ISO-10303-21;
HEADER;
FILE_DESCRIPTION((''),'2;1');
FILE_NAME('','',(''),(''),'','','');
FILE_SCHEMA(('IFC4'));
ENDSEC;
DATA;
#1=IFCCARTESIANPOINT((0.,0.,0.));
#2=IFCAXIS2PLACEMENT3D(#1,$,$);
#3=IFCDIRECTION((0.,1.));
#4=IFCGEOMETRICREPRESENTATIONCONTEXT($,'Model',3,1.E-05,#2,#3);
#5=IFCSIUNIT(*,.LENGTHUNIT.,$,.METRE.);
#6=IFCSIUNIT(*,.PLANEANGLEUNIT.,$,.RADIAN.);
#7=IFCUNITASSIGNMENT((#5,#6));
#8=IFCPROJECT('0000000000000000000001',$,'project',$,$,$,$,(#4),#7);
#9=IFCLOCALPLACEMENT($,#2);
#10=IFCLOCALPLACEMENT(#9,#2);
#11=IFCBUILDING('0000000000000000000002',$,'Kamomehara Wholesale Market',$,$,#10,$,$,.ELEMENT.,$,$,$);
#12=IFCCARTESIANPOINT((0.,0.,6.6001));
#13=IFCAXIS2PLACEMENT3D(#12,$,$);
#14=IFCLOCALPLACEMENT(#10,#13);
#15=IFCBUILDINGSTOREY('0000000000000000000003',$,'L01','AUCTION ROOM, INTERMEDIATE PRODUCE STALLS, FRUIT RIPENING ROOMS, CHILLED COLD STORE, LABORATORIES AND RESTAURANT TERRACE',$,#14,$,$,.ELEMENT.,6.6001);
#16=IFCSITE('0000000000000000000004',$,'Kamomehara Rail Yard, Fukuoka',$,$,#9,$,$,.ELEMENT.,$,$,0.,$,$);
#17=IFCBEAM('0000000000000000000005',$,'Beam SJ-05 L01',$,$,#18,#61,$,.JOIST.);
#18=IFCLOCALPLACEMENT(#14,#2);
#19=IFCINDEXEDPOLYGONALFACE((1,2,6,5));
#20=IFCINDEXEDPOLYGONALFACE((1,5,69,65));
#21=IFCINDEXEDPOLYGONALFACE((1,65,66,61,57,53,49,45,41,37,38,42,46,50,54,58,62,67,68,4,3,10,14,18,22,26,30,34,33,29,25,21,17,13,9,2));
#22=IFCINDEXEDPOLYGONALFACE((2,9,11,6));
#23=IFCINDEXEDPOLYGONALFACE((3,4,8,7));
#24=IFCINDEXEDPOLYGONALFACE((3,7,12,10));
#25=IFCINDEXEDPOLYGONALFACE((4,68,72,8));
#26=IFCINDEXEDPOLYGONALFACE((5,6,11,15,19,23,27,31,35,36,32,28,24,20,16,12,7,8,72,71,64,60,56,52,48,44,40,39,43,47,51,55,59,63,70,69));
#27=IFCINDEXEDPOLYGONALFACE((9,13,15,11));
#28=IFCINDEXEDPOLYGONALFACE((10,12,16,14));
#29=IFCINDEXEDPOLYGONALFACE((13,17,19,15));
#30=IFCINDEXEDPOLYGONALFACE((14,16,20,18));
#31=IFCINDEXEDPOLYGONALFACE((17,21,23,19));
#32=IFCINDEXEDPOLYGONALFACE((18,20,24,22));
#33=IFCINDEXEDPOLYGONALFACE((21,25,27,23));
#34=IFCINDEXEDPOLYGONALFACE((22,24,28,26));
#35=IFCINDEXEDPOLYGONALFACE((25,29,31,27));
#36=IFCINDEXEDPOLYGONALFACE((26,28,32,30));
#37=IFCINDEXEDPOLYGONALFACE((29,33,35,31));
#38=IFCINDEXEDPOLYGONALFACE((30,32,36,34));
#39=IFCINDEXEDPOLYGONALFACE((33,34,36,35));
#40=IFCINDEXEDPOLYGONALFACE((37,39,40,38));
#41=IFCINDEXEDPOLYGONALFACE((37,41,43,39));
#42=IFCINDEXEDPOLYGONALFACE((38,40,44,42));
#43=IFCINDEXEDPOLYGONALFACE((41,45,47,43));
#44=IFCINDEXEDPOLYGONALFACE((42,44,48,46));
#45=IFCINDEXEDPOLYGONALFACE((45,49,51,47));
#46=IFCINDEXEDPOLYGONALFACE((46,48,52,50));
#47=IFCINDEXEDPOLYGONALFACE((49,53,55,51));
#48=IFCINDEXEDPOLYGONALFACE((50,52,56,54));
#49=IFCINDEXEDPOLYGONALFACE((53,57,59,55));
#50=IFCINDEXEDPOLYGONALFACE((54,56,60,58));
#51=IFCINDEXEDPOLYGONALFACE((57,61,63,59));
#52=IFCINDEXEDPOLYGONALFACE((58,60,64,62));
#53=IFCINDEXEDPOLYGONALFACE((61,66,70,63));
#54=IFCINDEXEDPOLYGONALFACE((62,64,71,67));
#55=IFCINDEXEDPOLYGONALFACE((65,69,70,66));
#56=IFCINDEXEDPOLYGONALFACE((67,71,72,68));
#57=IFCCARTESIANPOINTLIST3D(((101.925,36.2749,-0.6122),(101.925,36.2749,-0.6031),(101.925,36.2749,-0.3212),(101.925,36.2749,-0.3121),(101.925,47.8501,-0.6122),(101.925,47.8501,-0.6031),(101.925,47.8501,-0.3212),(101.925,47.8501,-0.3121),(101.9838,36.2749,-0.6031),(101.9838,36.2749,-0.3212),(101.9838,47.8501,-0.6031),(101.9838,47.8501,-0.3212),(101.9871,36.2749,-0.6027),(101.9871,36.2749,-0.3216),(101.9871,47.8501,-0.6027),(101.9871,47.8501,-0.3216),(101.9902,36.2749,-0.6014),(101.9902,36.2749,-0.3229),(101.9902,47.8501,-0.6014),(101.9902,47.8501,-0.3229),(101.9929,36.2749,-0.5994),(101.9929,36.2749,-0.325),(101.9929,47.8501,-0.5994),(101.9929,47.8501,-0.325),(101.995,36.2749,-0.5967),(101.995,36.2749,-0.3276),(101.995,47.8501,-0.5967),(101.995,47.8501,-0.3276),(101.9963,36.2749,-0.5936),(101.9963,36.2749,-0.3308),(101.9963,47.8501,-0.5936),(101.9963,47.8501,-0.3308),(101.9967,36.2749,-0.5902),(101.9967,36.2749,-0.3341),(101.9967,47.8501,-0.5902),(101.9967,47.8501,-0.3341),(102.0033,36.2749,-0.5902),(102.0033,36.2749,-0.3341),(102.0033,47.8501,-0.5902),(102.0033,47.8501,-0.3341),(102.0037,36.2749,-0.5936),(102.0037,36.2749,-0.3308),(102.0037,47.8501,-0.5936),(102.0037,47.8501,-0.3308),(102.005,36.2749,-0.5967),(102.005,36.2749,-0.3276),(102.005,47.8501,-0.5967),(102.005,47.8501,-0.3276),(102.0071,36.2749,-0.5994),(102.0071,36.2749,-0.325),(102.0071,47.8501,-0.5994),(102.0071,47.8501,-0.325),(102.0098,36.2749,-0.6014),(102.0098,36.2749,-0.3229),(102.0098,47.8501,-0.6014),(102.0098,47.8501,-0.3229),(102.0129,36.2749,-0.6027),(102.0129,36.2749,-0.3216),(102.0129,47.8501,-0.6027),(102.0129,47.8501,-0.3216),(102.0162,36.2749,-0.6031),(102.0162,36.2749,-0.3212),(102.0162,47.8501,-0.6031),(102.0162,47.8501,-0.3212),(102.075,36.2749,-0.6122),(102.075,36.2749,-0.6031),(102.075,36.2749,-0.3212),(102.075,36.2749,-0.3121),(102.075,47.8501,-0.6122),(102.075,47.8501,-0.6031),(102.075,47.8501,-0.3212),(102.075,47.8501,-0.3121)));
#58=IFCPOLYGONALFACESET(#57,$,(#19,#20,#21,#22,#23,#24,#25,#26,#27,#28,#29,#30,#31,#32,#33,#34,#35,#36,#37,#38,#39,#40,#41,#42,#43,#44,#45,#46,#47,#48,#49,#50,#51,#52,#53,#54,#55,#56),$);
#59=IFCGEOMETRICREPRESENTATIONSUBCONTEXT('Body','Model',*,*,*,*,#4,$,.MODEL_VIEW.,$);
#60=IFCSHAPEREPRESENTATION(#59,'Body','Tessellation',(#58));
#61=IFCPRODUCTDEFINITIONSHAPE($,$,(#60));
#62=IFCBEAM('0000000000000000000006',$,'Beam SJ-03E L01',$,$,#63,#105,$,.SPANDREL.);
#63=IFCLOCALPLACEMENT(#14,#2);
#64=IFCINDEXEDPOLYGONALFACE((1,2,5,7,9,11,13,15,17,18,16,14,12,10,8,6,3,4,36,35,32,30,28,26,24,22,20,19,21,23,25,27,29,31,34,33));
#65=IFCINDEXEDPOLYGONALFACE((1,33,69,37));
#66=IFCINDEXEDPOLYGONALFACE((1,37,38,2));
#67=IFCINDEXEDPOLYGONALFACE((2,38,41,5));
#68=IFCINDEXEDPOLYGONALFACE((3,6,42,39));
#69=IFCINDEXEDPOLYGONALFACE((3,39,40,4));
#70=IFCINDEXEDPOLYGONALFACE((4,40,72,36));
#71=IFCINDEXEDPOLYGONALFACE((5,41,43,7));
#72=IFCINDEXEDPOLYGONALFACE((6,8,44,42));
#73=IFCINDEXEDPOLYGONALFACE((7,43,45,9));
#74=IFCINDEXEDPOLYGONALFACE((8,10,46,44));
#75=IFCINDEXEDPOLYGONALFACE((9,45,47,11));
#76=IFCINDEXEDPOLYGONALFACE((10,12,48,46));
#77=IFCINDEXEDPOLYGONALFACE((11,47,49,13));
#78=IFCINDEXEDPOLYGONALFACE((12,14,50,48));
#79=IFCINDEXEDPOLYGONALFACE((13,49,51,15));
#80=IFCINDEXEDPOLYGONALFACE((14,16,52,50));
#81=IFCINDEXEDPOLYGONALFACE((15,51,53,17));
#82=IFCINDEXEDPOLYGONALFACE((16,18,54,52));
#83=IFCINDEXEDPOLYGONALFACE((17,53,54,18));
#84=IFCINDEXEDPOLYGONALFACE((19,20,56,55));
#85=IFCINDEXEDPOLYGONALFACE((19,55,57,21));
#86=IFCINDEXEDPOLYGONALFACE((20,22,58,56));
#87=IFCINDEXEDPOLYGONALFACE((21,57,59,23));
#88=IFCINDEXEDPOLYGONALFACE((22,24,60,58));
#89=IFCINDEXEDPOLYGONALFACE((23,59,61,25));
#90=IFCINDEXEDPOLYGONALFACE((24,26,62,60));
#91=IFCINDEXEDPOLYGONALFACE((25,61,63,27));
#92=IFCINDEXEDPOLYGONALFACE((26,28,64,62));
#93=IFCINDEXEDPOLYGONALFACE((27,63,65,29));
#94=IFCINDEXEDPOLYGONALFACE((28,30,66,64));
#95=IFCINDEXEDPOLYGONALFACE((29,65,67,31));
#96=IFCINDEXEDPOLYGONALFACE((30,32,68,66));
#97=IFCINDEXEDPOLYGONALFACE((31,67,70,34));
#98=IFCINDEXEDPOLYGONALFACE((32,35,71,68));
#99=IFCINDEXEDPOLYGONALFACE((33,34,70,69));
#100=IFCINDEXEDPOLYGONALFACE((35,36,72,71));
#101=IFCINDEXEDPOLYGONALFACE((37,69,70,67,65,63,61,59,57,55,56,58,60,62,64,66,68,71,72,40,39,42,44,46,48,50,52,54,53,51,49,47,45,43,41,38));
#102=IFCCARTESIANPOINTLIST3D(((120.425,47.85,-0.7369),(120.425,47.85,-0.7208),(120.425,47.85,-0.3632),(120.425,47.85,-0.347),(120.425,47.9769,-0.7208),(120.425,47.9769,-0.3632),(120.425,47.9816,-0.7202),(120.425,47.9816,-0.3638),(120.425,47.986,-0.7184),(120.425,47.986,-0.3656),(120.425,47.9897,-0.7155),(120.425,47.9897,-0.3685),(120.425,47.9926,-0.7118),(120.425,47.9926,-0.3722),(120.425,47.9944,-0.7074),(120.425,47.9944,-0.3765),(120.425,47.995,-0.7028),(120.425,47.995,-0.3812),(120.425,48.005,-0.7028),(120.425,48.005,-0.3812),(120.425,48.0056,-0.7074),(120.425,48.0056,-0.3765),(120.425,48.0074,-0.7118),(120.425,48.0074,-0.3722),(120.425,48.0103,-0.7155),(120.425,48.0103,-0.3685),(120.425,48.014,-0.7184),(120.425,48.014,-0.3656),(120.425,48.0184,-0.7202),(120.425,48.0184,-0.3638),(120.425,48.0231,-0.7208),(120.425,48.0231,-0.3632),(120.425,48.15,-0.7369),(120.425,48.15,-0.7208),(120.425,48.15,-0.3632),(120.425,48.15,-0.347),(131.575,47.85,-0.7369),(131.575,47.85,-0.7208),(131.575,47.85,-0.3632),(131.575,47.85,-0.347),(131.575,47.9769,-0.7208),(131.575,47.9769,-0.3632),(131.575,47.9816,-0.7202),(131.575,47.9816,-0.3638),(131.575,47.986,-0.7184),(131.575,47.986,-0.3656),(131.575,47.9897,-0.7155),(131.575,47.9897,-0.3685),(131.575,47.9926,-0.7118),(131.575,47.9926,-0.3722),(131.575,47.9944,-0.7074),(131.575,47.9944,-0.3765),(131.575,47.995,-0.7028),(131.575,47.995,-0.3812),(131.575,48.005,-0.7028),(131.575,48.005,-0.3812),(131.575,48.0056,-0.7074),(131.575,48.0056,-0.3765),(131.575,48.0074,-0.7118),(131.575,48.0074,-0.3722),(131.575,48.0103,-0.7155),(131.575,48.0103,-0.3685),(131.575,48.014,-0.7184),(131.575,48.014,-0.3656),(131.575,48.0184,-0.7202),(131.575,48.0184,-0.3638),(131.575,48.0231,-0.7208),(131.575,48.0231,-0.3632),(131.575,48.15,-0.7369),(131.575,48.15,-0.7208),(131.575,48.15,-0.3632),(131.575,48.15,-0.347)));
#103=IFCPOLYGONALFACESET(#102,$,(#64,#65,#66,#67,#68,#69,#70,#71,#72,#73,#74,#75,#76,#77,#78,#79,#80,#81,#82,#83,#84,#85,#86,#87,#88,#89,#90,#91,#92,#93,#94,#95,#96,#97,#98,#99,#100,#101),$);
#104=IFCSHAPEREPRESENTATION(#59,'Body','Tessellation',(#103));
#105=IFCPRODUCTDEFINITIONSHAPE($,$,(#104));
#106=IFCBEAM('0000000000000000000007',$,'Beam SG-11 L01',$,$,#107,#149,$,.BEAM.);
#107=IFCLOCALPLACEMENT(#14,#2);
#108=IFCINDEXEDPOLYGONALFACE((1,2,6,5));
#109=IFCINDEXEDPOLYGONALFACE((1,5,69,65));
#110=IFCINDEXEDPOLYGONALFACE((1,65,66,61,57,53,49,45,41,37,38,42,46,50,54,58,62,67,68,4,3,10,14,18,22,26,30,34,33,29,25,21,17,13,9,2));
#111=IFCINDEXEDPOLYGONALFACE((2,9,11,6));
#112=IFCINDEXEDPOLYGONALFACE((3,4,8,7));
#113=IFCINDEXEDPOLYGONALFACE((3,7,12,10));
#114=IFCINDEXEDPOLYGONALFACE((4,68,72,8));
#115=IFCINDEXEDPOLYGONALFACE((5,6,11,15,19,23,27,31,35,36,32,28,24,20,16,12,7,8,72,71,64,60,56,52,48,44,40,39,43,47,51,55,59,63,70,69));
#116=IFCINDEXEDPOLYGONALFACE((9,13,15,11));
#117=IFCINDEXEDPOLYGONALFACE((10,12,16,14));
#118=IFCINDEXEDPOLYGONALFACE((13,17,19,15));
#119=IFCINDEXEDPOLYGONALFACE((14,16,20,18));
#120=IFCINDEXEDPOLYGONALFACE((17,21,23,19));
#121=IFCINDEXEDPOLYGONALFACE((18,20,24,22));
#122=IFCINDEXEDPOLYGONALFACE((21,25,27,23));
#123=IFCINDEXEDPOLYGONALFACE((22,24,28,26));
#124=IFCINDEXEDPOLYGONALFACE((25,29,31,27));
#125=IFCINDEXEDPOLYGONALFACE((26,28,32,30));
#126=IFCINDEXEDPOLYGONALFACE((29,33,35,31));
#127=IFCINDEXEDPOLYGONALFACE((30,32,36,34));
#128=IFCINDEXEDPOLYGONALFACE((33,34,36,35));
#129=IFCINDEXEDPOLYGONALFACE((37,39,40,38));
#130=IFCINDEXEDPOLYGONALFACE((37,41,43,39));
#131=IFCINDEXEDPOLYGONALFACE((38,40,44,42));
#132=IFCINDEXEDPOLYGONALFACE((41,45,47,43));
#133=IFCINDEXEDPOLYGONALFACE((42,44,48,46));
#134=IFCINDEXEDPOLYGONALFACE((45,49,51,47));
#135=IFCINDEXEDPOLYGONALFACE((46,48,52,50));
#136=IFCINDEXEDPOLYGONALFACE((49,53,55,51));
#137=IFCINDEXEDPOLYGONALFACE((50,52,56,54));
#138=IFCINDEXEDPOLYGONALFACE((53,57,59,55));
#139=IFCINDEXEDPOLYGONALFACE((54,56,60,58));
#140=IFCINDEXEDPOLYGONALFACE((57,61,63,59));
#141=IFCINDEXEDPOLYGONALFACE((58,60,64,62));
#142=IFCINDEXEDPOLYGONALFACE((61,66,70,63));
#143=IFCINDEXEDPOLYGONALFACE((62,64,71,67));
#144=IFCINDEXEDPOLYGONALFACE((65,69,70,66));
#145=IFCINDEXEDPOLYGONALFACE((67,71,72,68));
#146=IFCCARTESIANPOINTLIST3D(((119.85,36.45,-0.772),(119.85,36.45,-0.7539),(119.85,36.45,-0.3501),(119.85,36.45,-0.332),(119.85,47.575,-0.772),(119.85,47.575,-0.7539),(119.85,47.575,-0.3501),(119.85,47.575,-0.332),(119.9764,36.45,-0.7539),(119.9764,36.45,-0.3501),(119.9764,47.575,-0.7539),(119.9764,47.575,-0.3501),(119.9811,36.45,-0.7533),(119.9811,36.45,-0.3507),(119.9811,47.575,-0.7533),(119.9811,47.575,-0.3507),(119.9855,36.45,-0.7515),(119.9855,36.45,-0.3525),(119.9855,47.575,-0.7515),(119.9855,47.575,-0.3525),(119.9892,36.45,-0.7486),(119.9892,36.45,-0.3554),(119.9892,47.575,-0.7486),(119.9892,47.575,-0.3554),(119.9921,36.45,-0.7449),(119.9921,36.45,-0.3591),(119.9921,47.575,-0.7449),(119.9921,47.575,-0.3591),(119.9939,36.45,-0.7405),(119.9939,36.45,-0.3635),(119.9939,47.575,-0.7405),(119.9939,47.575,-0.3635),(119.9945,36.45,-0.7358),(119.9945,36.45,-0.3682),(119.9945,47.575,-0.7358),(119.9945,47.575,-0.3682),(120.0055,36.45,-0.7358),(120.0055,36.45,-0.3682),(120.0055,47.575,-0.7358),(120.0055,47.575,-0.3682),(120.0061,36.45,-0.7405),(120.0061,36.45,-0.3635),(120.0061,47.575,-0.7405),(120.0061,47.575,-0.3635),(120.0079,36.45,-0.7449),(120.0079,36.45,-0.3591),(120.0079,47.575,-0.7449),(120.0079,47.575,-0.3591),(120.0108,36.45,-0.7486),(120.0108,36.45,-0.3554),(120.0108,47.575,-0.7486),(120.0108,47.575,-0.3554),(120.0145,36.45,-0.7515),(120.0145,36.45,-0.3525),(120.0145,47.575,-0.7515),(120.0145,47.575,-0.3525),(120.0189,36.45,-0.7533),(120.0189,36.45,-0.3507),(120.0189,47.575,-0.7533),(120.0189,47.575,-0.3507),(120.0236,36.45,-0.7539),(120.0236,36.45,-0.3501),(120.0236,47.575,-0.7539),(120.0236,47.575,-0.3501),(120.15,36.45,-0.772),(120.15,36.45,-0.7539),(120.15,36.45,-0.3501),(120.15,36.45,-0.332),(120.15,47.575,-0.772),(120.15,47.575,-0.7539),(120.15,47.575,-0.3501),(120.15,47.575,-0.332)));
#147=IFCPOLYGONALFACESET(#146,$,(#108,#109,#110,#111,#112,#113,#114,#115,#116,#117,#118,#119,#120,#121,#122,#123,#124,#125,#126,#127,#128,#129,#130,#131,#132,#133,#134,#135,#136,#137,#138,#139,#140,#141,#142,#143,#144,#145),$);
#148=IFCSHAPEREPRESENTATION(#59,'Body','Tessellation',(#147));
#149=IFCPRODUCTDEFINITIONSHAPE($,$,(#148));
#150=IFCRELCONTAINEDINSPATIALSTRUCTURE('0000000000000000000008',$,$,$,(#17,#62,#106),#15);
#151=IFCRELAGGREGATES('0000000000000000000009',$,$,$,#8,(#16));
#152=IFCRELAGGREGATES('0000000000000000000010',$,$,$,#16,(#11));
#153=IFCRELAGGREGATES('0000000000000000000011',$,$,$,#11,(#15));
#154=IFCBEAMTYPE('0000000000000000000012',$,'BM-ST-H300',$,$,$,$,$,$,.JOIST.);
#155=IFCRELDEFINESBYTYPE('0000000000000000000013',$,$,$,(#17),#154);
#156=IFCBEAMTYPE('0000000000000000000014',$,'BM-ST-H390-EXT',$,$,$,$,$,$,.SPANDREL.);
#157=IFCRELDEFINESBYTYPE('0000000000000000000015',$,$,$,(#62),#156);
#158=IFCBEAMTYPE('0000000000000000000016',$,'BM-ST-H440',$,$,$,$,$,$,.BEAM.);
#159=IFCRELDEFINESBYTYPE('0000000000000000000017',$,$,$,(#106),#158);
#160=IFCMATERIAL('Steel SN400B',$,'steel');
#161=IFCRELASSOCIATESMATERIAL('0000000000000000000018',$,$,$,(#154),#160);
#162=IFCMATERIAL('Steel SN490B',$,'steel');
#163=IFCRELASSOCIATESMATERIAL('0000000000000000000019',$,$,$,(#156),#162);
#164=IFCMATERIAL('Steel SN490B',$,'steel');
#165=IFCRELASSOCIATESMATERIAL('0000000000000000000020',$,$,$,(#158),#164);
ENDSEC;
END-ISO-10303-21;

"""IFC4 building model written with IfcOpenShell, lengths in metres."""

from ifc_helpers import new_model, si_unit, direction, frame, origin, origin_2d, place, context, subcontext, project, spatial, i_section, extrude, material, material_profile, profile_set, type_object, element, save


model = new_model("IFC4")

# Units and contexts
model_context = context("Model", 3, precision=1e-05, world=origin(), true_north=direction((0.0, 1.0)))
body_context = subcontext(model_context, "Body", "Model", "MODEL_VIEW")
ifc_project = project(units=[si_unit("LENGTHUNIT", "METRE"), si_unit("PLANEANGLEUNIT", "RADIAN")], contexts=[model_context])

# Site, building, storey
site_placement = place(None, origin())
site = spatial("IfcSite", under=ifc_project, at=site_placement, Name="Kamomehara Rail Yard, Fukuoka", CompositionType="ELEMENT", RefElevation=0.0)
building_placement = place(site_placement, origin())
building = spatial("IfcBuilding", under=site, at=building_placement, Name="Kamomehara Wholesale Market", CompositionType="ELEMENT")
storey_placement = place(building_placement, frame((0.0, 0.0, 6.6001)))
storey = spatial("IfcBuildingStorey", under=building, at=storey_placement, Name="L01", Description="AUCTION ROOM, INTERMEDIATE PRODUCE STALLS, FRUIT RIPENING ROOMS, CHILLED COLD STORE, LABORATORIES AND RESTAURANT TERRACE", CompositionType="ELEMENT", Elevation=6.6001)

# Beams
ifc_material_1 = material(Name="Steel SN400B", Category="steel")
ifc_material_profile_1 = material_profile(ifc_material_1, i_section(OverallWidth=0.1499, OverallDepth=0.3, WebThickness=0.0066, FlangeThickness=0.009, FilletRadius=0.0129, at=origin_2d()), Name="H-300x150x6.5x9")
ifc_profile_set_1 = profile_set([ifc_material_profile_1], Name="Steel SN400B")
beam_type_1 = type_object("IfcBeamType", Name="BM-ST-H300", PredefinedType="JOIST", material=ifc_profile_set_1)
beam_1_placement = place(storey_placement, frame((102.0, 36.2749, -0.4622), z_axis=(0.0, 1.0, 0.0), x_axis=(-1.0, 0.0, 0.0)))
element("IfcBeam", 1, at=beam_1_placement, inside=storey, type_object=beam_type_1, Name="Beam SJ-05 L01", PredefinedType="JOIST", context=body_context, shape_type="SweptSolid", body=[
    extrude(i_section(OverallWidth=0.1499, OverallDepth=0.3, WebThickness=0.0066, FlangeThickness=0.009, FilletRadius=0.0129, at=origin_2d()), origin(), (0.0, 0.0, 1.0), 11.5752),
])
ifc_material_2 = material(Name="Steel SN490B", Category="steel")
ifc_material_profile_2 = material_profile(ifc_material_2, i_section(OverallWidth=0.3, OverallDepth=0.3899, WebThickness=0.01, FlangeThickness=0.0161, FilletRadius=0.0181, at=origin_2d()), Name="H-390x300x10x16")
ifc_profile_set_2 = profile_set([ifc_material_profile_2], Name="Steel SN490B")
beam_type_2 = type_object("IfcBeamType", Name="BM-ST-H390-EXT", PredefinedType="SPANDREL", material=ifc_profile_set_2)
beam_2_placement = place(storey_placement, frame((120.425, 48.0, -0.542), z_axis=(1.0, 0.0, 0.0), x_axis=(0.0, 1.0, 0.0)))
element("IfcBeam", 2, at=beam_2_placement, inside=storey, type_object=beam_type_2, Name="Beam SJ-03E L01", PredefinedType="SPANDREL", context=body_context, shape_type="SweptSolid", body=[
    extrude(i_section(OverallWidth=0.3, OverallDepth=0.3899, WebThickness=0.01, FlangeThickness=0.0161, FilletRadius=0.0181, at=origin_2d()), origin(), (0.0, 0.0, 1.0), 11.1499),
])
ifc_material_3 = material(Name="Steel SN490B", Category="steel")
ifc_material_profile_3 = material_profile(ifc_material_3, i_section(OverallWidth=0.3, OverallDepth=0.4399, WebThickness=0.011, FlangeThickness=0.0181, FilletRadius=0.0181, at=origin_2d()), Name="H-440x300x11x18")
ifc_profile_set_3 = profile_set([ifc_material_profile_3], Name="Steel SN490B")
beam_type_3 = type_object("IfcBeamType", Name="BM-ST-H440", PredefinedType="BEAM", material=ifc_profile_set_3)
beam_3_placement = place(storey_placement, frame((120.0, 36.45, -0.552), z_axis=(0.0, 1.0, 0.0), x_axis=(-1.0, 0.0, 0.0)))
element("IfcBeam", 3, at=beam_3_placement, inside=storey, type_object=beam_type_3, Name="Beam SG-11 L01", PredefinedType="BEAM", context=body_context, shape_type="SweptSolid", body=[
    extrude(i_section(OverallWidth=0.3, OverallDepth=0.4399, WebThickness=0.011, FlangeThickness=0.0181, FilletRadius=0.0181, at=origin_2d()), origin(), (0.0, 0.0, 1.0), 11.125),
])

save(model, "model.ifc")
